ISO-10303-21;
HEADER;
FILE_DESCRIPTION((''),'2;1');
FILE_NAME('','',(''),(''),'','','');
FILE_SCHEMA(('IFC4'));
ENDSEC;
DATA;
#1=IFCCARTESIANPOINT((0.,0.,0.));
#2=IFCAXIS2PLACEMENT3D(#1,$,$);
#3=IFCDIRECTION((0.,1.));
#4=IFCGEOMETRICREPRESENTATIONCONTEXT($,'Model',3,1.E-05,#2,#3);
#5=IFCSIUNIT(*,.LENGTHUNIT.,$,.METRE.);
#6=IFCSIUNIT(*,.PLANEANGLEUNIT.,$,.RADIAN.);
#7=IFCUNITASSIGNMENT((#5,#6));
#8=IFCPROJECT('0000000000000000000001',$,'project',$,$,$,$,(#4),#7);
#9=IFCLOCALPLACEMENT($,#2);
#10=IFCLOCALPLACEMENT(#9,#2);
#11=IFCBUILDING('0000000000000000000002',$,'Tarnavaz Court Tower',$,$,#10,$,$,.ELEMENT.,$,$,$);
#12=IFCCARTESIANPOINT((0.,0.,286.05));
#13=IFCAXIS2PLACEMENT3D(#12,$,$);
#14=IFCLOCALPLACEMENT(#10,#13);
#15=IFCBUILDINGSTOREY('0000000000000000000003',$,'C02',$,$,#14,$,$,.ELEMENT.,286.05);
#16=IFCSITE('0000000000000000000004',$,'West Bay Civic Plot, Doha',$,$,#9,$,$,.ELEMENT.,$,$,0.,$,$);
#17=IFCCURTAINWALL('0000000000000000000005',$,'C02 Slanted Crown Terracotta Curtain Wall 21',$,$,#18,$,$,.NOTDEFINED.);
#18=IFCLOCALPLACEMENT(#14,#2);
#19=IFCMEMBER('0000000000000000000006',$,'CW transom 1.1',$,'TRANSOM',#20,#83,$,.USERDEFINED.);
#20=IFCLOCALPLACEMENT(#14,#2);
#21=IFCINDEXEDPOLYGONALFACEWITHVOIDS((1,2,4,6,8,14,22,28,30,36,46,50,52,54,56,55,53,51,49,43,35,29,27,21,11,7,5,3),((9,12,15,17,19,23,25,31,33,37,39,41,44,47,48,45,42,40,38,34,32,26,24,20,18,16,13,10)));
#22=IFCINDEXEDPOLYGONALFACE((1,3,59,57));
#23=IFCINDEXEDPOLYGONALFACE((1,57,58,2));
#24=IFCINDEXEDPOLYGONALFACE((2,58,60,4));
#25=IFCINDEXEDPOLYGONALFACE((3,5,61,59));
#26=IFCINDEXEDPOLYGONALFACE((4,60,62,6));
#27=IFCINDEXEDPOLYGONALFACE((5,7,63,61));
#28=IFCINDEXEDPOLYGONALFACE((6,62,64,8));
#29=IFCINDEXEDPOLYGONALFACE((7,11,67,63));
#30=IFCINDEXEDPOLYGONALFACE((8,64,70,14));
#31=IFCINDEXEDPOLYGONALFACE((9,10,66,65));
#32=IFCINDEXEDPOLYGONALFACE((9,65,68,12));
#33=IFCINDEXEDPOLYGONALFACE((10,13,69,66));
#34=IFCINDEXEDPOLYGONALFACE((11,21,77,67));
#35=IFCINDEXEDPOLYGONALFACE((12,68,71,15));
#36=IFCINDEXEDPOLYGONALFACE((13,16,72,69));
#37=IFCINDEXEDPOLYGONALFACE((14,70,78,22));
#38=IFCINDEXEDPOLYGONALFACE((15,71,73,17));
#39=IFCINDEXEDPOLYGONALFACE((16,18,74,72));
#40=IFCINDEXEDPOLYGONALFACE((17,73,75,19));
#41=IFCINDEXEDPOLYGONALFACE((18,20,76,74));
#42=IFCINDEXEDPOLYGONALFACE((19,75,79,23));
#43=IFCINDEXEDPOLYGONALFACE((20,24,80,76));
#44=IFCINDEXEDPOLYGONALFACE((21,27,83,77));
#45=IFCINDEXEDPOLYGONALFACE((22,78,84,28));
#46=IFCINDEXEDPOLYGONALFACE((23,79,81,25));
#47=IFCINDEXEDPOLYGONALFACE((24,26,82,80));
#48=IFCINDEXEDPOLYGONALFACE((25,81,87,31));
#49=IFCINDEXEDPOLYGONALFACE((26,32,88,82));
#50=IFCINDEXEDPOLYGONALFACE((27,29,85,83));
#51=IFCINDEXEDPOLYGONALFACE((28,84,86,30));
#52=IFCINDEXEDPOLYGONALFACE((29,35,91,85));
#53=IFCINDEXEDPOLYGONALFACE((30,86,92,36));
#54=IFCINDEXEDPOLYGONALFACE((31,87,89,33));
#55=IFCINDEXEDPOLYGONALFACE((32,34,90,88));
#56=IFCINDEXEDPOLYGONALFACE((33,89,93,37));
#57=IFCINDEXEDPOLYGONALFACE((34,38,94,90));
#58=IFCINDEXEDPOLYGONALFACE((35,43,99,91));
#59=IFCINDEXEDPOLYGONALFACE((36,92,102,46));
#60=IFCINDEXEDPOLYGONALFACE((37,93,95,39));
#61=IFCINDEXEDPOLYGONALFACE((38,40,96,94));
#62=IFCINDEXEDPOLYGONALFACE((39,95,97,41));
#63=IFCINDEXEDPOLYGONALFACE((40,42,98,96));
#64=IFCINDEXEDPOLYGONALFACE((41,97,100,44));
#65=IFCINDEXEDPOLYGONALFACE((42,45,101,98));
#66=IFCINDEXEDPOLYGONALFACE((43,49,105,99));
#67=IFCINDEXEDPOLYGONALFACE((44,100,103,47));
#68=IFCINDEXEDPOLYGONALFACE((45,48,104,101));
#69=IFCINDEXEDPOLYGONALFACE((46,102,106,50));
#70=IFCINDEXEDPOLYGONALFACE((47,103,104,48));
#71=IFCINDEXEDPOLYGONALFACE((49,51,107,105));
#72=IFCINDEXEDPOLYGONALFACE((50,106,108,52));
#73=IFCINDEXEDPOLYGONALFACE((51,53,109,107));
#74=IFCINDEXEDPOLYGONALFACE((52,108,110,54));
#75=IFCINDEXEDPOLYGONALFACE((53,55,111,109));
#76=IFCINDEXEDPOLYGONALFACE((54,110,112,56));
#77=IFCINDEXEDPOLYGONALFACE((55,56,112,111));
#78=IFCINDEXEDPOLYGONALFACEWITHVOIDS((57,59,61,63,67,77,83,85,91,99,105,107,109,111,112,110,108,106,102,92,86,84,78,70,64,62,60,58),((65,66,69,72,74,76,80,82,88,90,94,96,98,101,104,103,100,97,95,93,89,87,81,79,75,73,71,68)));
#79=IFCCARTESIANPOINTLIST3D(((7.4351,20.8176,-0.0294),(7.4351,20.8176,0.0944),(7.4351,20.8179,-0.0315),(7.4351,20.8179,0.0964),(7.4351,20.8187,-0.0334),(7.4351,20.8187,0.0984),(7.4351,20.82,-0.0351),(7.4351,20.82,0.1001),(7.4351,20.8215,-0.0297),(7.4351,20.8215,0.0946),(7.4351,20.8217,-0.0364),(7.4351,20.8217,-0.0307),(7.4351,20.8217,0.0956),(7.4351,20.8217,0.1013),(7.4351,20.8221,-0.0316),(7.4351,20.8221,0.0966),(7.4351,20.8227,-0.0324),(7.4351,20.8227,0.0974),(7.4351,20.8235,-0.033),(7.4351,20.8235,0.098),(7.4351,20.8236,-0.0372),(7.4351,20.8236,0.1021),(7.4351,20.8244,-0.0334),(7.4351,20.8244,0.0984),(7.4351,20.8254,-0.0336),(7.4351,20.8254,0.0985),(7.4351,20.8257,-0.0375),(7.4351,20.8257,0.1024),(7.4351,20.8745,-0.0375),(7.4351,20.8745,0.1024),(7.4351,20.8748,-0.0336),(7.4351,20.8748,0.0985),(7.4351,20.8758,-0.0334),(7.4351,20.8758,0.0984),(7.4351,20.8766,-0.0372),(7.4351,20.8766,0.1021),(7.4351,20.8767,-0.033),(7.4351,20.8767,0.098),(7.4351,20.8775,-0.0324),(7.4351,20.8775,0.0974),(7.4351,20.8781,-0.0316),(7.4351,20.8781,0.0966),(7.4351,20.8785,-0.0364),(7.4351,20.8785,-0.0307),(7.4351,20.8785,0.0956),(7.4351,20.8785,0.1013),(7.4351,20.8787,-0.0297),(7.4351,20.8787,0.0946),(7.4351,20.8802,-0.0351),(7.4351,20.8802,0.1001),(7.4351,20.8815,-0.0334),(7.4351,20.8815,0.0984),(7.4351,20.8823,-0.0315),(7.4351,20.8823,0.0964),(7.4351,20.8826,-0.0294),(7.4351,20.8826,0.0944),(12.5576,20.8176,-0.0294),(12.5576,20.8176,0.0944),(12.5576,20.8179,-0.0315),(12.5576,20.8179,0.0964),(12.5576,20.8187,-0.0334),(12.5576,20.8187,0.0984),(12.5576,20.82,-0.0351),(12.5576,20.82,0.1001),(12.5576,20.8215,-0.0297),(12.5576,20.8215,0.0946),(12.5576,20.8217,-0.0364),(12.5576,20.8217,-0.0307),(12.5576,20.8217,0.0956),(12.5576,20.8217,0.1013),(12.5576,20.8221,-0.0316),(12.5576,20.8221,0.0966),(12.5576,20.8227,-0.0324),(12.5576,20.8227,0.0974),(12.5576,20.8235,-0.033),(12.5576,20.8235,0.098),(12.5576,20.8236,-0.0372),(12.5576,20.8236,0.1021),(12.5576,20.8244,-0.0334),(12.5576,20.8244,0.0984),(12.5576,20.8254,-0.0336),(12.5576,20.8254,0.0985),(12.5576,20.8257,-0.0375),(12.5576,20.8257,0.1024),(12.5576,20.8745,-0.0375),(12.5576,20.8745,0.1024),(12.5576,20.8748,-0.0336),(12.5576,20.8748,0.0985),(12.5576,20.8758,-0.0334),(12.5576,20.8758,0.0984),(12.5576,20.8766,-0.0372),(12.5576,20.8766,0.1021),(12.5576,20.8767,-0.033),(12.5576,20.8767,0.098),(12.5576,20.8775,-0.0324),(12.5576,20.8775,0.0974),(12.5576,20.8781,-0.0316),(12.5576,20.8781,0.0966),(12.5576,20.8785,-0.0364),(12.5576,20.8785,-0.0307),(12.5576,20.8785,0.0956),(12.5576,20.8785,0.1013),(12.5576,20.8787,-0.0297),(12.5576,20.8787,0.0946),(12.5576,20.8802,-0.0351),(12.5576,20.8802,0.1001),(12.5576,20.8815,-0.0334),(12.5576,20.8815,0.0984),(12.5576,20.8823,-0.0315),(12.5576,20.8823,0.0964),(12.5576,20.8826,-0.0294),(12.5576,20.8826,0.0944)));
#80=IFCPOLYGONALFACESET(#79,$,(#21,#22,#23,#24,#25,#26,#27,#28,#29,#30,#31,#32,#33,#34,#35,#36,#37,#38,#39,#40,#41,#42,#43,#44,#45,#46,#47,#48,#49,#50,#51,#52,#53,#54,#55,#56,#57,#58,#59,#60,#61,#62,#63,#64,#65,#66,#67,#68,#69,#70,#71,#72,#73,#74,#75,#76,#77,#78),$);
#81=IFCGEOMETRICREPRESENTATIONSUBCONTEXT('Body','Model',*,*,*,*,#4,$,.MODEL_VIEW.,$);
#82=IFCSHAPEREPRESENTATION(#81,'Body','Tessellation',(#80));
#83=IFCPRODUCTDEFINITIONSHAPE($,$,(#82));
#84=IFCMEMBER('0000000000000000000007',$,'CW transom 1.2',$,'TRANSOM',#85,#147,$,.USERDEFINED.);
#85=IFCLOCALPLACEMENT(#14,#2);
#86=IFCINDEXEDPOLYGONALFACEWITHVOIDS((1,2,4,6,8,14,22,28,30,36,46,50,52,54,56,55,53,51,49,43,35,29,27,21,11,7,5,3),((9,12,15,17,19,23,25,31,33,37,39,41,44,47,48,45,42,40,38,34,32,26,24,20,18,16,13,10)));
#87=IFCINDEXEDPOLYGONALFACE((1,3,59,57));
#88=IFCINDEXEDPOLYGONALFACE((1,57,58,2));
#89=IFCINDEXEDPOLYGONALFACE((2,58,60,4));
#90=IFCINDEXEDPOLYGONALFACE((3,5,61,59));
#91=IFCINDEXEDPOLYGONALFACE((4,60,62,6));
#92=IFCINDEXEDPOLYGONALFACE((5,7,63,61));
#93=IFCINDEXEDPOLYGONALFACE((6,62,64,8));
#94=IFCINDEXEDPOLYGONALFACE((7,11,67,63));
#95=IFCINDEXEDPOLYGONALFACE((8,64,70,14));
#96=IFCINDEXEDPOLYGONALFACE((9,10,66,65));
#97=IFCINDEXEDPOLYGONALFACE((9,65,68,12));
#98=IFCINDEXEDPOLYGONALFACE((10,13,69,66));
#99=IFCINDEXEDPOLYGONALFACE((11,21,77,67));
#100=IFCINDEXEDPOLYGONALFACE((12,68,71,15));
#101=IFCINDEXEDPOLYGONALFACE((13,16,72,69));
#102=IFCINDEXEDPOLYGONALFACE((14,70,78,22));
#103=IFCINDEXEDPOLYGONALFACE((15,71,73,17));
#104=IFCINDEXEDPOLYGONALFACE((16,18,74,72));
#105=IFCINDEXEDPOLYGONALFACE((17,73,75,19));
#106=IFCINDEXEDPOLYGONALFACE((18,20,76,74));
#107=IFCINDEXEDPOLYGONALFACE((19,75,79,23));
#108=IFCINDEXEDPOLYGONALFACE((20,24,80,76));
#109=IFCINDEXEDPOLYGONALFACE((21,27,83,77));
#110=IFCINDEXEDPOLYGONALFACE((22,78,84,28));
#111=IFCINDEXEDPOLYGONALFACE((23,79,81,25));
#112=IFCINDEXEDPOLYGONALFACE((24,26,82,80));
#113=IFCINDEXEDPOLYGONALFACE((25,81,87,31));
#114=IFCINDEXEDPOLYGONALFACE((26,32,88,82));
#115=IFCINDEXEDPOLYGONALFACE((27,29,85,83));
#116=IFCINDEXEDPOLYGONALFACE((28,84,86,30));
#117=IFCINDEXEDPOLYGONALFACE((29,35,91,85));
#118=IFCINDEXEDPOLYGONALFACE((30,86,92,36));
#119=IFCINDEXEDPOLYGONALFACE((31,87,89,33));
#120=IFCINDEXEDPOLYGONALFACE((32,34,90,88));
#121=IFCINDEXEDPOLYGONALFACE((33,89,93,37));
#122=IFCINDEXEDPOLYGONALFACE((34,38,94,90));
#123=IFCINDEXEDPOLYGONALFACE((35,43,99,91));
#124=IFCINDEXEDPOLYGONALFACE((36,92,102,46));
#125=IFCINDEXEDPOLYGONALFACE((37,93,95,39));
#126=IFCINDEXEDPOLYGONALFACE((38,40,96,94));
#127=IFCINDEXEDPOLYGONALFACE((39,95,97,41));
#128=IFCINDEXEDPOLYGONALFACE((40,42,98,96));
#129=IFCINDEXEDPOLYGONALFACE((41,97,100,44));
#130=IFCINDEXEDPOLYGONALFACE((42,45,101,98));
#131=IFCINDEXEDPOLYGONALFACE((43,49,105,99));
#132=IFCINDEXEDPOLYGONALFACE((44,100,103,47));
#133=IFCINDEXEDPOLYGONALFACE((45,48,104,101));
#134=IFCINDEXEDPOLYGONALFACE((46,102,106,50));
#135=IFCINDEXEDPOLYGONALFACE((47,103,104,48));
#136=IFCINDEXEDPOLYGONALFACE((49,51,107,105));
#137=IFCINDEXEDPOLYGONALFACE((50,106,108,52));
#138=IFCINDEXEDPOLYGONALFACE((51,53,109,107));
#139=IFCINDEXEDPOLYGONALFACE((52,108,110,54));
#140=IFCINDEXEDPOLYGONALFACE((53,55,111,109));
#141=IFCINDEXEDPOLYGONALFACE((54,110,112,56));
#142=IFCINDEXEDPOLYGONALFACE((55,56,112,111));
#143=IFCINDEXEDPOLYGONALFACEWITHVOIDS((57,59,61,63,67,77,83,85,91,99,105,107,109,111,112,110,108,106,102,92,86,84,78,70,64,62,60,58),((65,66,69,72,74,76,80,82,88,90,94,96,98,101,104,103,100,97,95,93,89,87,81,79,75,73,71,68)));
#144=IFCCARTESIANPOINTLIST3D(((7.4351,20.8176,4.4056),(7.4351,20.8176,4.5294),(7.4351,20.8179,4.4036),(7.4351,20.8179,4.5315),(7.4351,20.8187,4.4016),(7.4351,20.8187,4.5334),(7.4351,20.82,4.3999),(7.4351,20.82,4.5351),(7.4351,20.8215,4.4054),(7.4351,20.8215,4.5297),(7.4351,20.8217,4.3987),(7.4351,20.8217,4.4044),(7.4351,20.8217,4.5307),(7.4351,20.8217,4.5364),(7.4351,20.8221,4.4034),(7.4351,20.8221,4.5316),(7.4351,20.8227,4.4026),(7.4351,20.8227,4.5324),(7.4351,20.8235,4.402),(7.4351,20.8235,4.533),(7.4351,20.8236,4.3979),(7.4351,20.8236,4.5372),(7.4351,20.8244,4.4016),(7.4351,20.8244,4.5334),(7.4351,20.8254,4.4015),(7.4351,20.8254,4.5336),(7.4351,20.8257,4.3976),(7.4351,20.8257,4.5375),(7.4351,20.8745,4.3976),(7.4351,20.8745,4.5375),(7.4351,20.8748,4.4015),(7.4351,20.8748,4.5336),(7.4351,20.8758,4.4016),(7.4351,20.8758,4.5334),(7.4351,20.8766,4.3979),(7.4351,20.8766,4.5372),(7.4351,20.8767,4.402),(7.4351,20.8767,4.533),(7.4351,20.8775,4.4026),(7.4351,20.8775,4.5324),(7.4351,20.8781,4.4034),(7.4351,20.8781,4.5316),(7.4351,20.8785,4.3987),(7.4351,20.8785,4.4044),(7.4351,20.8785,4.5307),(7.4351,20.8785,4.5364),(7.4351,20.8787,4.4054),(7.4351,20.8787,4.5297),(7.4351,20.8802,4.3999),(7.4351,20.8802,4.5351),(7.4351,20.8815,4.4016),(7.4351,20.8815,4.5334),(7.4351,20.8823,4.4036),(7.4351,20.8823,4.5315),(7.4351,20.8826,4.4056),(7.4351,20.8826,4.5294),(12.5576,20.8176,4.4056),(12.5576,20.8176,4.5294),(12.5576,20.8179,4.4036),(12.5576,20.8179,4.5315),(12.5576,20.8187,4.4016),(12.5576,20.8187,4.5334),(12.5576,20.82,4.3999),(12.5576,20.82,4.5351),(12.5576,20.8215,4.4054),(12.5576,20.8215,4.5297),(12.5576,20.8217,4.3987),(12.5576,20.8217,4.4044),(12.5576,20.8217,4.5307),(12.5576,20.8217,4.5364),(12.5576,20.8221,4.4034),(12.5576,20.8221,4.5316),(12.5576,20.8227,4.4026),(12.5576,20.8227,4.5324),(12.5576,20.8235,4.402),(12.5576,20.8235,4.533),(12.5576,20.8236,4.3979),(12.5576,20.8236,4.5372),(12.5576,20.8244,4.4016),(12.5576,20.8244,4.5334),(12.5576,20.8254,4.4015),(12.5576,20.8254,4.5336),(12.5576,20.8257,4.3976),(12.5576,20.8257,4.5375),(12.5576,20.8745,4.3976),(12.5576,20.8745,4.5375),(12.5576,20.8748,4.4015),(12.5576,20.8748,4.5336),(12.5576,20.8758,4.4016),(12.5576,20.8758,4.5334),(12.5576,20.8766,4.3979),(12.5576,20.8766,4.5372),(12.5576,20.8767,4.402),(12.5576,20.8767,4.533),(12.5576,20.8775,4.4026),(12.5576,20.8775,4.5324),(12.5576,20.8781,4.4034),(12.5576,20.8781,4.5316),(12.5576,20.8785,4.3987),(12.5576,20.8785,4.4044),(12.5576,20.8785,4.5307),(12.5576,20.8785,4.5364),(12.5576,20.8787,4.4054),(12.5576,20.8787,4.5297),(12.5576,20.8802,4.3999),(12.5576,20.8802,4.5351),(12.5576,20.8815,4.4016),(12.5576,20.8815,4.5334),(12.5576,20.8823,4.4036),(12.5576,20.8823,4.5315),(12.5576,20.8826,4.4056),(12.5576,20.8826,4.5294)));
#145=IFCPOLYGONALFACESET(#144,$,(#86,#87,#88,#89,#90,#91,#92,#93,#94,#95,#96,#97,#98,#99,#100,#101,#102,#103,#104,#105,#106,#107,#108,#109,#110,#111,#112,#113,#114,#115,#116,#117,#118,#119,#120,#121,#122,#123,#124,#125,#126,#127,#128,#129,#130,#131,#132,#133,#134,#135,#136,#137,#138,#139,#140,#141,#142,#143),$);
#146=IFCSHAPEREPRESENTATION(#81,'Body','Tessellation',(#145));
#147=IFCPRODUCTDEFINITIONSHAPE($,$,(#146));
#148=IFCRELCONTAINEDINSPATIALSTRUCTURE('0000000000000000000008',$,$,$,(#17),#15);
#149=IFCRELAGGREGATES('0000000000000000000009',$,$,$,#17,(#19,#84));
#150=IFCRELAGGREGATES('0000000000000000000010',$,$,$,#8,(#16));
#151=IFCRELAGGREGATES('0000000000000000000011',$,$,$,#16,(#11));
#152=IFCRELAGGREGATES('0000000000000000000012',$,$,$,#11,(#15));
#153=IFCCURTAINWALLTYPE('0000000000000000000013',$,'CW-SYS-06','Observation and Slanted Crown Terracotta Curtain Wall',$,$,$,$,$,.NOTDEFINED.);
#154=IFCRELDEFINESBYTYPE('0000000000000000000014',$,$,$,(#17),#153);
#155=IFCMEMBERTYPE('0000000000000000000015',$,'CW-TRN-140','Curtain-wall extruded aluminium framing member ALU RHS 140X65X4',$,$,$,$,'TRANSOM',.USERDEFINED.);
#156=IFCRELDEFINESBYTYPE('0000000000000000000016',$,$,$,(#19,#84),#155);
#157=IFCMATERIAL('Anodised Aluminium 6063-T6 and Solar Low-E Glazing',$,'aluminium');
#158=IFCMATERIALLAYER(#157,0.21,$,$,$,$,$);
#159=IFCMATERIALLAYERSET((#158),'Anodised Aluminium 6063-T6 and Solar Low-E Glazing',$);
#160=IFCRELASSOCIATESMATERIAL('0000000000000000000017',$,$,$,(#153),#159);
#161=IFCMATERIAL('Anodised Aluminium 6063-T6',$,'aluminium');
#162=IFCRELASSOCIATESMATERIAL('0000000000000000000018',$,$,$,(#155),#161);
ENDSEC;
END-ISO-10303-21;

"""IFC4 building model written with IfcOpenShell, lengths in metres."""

from ifc_helpers import new_model, si_unit, direction, frame, origin, origin_2d, place, context, subcontext, project, spatial, hollow_rectangle, extrude, material, layer, layer_set, material_profile, profile_set, type_object, element, aggregate, save


model = new_model("IFC4")

# Units and contexts
model_context = context("Model", 3, precision=1e-05, world=origin(), true_north=direction((0.0, 1.0)))
body_context = subcontext(model_context, "Body", "Model", "MODEL_VIEW")
ifc_project = project(units=[si_unit("LENGTHUNIT", "METRE"), si_unit("PLANEANGLEUNIT", "RADIAN")], contexts=[model_context])

# Site, building, storey
site_placement = place(None, origin())
site = spatial("IfcSite", under=ifc_project, at=site_placement, Name="West Bay Civic Plot, Doha", CompositionType="ELEMENT", RefElevation=0.0)
building_placement = place(site_placement, origin())
building = spatial("IfcBuilding", under=site, at=building_placement, Name="Tarnavaz Court Tower", CompositionType="ELEMENT")
storey_placement = place(building_placement, frame((0.0, 0.0, 286.05)))
storey = spatial("IfcBuildingStorey", under=building, at=storey_placement, Name="C02", CompositionType="ELEMENT", Elevation=286.05)

# Shared definitions
ifc_material_1 = material(Name="Anodised Aluminium 6063-T6 and Solar Low-E Glazing", Category="aluminium")
ifc_layer_1 = layer(ifc_material_1, 0.21)
ifc_layer_set_1 = layer_set([ifc_layer_1], Name="Anodised Aluminium 6063-T6 and Solar Low-E Glazing")
curtain_wall_type = type_object("IfcCurtainWallType", Name="CW-SYS-06", Description="Observation and Slanted Crown Terracotta Curtain Wall", PredefinedType="NOTDEFINED", material=ifc_layer_set_1)
ifc_material_2 = material(Name="Anodised Aluminium 6063-T6", Category="aluminium")

# Curtain wall
curtain_wall_1_placement = place(storey_placement, origin())
curtain_wall_1 = element("IfcCurtainWall", 1, at=curtain_wall_1_placement, inside=storey, type_object=curtain_wall_type, Name="C02 Slanted Crown Terracotta Curtain Wall 21", PredefinedType="NOTDEFINED")

# Members
ifc_material_profile_1 = material_profile(ifc_material_2, hollow_rectangle(XDim=0.0649, YDim=0.1399, WallThickness=0.0039, InnerFilletRadius=0.0039, OuterFilletRadius=0.0081, at=origin_2d()), Name="ALU RHS 140X65X4")
ifc_profile_set_1 = profile_set([ifc_material_profile_1], Name="Anodised Aluminium 6063-T6")
member_type_1 = type_object("IfcMemberType", Name="CW-TRN-140", Description="Curtain-wall extruded aluminium framing member ALU RHS 140X65X4", ElementType="TRANSOM", PredefinedType="USERDEFINED", material=ifc_profile_set_1)
member_1_placement = place(storey_placement, frame((7.4351, 20.8501, 0.0325), z_axis=(1.0, 0.0, 0.0), x_axis=(0.0, 1.0, 0.0)))
member_1 = element("IfcMember", 2, at=member_1_placement, type_object=member_type_1, Name="CW transom 1.1", ObjectType="TRANSOM", PredefinedType="USERDEFINED", context=body_context, shape_type="SweptSolid", body=[
    extrude(hollow_rectangle(XDim=0.0649, YDim=0.1399, WallThickness=0.0039, InnerFilletRadius=0.0039, OuterFilletRadius=0.0081, at=origin_2d()), origin(), (0.0, 0.0, 1.0), 5.1226),
])
member_2_placement = place(storey_placement, frame((7.4351, 20.8501, 4.4675), z_axis=(1.0, 0.0, 0.0), x_axis=(0.0, 1.0, 0.0)))
member_2 = element("IfcMember", 3, at=member_2_placement, type_object=member_type_1, Name="CW transom 1.2", ObjectType="TRANSOM", PredefinedType="USERDEFINED", context=body_context, shape_type="SweptSolid", body=[
    extrude(hollow_rectangle(XDim=0.0649, YDim=0.1399, WallThickness=0.0039, InnerFilletRadius=0.0039, OuterFilletRadius=0.0081, at=origin_2d()), origin(), (0.0, 0.0, 1.0), 5.1226),
])

aggregate(curtain_wall_1, [member_1, member_2])

save(model, "model.ifc")
